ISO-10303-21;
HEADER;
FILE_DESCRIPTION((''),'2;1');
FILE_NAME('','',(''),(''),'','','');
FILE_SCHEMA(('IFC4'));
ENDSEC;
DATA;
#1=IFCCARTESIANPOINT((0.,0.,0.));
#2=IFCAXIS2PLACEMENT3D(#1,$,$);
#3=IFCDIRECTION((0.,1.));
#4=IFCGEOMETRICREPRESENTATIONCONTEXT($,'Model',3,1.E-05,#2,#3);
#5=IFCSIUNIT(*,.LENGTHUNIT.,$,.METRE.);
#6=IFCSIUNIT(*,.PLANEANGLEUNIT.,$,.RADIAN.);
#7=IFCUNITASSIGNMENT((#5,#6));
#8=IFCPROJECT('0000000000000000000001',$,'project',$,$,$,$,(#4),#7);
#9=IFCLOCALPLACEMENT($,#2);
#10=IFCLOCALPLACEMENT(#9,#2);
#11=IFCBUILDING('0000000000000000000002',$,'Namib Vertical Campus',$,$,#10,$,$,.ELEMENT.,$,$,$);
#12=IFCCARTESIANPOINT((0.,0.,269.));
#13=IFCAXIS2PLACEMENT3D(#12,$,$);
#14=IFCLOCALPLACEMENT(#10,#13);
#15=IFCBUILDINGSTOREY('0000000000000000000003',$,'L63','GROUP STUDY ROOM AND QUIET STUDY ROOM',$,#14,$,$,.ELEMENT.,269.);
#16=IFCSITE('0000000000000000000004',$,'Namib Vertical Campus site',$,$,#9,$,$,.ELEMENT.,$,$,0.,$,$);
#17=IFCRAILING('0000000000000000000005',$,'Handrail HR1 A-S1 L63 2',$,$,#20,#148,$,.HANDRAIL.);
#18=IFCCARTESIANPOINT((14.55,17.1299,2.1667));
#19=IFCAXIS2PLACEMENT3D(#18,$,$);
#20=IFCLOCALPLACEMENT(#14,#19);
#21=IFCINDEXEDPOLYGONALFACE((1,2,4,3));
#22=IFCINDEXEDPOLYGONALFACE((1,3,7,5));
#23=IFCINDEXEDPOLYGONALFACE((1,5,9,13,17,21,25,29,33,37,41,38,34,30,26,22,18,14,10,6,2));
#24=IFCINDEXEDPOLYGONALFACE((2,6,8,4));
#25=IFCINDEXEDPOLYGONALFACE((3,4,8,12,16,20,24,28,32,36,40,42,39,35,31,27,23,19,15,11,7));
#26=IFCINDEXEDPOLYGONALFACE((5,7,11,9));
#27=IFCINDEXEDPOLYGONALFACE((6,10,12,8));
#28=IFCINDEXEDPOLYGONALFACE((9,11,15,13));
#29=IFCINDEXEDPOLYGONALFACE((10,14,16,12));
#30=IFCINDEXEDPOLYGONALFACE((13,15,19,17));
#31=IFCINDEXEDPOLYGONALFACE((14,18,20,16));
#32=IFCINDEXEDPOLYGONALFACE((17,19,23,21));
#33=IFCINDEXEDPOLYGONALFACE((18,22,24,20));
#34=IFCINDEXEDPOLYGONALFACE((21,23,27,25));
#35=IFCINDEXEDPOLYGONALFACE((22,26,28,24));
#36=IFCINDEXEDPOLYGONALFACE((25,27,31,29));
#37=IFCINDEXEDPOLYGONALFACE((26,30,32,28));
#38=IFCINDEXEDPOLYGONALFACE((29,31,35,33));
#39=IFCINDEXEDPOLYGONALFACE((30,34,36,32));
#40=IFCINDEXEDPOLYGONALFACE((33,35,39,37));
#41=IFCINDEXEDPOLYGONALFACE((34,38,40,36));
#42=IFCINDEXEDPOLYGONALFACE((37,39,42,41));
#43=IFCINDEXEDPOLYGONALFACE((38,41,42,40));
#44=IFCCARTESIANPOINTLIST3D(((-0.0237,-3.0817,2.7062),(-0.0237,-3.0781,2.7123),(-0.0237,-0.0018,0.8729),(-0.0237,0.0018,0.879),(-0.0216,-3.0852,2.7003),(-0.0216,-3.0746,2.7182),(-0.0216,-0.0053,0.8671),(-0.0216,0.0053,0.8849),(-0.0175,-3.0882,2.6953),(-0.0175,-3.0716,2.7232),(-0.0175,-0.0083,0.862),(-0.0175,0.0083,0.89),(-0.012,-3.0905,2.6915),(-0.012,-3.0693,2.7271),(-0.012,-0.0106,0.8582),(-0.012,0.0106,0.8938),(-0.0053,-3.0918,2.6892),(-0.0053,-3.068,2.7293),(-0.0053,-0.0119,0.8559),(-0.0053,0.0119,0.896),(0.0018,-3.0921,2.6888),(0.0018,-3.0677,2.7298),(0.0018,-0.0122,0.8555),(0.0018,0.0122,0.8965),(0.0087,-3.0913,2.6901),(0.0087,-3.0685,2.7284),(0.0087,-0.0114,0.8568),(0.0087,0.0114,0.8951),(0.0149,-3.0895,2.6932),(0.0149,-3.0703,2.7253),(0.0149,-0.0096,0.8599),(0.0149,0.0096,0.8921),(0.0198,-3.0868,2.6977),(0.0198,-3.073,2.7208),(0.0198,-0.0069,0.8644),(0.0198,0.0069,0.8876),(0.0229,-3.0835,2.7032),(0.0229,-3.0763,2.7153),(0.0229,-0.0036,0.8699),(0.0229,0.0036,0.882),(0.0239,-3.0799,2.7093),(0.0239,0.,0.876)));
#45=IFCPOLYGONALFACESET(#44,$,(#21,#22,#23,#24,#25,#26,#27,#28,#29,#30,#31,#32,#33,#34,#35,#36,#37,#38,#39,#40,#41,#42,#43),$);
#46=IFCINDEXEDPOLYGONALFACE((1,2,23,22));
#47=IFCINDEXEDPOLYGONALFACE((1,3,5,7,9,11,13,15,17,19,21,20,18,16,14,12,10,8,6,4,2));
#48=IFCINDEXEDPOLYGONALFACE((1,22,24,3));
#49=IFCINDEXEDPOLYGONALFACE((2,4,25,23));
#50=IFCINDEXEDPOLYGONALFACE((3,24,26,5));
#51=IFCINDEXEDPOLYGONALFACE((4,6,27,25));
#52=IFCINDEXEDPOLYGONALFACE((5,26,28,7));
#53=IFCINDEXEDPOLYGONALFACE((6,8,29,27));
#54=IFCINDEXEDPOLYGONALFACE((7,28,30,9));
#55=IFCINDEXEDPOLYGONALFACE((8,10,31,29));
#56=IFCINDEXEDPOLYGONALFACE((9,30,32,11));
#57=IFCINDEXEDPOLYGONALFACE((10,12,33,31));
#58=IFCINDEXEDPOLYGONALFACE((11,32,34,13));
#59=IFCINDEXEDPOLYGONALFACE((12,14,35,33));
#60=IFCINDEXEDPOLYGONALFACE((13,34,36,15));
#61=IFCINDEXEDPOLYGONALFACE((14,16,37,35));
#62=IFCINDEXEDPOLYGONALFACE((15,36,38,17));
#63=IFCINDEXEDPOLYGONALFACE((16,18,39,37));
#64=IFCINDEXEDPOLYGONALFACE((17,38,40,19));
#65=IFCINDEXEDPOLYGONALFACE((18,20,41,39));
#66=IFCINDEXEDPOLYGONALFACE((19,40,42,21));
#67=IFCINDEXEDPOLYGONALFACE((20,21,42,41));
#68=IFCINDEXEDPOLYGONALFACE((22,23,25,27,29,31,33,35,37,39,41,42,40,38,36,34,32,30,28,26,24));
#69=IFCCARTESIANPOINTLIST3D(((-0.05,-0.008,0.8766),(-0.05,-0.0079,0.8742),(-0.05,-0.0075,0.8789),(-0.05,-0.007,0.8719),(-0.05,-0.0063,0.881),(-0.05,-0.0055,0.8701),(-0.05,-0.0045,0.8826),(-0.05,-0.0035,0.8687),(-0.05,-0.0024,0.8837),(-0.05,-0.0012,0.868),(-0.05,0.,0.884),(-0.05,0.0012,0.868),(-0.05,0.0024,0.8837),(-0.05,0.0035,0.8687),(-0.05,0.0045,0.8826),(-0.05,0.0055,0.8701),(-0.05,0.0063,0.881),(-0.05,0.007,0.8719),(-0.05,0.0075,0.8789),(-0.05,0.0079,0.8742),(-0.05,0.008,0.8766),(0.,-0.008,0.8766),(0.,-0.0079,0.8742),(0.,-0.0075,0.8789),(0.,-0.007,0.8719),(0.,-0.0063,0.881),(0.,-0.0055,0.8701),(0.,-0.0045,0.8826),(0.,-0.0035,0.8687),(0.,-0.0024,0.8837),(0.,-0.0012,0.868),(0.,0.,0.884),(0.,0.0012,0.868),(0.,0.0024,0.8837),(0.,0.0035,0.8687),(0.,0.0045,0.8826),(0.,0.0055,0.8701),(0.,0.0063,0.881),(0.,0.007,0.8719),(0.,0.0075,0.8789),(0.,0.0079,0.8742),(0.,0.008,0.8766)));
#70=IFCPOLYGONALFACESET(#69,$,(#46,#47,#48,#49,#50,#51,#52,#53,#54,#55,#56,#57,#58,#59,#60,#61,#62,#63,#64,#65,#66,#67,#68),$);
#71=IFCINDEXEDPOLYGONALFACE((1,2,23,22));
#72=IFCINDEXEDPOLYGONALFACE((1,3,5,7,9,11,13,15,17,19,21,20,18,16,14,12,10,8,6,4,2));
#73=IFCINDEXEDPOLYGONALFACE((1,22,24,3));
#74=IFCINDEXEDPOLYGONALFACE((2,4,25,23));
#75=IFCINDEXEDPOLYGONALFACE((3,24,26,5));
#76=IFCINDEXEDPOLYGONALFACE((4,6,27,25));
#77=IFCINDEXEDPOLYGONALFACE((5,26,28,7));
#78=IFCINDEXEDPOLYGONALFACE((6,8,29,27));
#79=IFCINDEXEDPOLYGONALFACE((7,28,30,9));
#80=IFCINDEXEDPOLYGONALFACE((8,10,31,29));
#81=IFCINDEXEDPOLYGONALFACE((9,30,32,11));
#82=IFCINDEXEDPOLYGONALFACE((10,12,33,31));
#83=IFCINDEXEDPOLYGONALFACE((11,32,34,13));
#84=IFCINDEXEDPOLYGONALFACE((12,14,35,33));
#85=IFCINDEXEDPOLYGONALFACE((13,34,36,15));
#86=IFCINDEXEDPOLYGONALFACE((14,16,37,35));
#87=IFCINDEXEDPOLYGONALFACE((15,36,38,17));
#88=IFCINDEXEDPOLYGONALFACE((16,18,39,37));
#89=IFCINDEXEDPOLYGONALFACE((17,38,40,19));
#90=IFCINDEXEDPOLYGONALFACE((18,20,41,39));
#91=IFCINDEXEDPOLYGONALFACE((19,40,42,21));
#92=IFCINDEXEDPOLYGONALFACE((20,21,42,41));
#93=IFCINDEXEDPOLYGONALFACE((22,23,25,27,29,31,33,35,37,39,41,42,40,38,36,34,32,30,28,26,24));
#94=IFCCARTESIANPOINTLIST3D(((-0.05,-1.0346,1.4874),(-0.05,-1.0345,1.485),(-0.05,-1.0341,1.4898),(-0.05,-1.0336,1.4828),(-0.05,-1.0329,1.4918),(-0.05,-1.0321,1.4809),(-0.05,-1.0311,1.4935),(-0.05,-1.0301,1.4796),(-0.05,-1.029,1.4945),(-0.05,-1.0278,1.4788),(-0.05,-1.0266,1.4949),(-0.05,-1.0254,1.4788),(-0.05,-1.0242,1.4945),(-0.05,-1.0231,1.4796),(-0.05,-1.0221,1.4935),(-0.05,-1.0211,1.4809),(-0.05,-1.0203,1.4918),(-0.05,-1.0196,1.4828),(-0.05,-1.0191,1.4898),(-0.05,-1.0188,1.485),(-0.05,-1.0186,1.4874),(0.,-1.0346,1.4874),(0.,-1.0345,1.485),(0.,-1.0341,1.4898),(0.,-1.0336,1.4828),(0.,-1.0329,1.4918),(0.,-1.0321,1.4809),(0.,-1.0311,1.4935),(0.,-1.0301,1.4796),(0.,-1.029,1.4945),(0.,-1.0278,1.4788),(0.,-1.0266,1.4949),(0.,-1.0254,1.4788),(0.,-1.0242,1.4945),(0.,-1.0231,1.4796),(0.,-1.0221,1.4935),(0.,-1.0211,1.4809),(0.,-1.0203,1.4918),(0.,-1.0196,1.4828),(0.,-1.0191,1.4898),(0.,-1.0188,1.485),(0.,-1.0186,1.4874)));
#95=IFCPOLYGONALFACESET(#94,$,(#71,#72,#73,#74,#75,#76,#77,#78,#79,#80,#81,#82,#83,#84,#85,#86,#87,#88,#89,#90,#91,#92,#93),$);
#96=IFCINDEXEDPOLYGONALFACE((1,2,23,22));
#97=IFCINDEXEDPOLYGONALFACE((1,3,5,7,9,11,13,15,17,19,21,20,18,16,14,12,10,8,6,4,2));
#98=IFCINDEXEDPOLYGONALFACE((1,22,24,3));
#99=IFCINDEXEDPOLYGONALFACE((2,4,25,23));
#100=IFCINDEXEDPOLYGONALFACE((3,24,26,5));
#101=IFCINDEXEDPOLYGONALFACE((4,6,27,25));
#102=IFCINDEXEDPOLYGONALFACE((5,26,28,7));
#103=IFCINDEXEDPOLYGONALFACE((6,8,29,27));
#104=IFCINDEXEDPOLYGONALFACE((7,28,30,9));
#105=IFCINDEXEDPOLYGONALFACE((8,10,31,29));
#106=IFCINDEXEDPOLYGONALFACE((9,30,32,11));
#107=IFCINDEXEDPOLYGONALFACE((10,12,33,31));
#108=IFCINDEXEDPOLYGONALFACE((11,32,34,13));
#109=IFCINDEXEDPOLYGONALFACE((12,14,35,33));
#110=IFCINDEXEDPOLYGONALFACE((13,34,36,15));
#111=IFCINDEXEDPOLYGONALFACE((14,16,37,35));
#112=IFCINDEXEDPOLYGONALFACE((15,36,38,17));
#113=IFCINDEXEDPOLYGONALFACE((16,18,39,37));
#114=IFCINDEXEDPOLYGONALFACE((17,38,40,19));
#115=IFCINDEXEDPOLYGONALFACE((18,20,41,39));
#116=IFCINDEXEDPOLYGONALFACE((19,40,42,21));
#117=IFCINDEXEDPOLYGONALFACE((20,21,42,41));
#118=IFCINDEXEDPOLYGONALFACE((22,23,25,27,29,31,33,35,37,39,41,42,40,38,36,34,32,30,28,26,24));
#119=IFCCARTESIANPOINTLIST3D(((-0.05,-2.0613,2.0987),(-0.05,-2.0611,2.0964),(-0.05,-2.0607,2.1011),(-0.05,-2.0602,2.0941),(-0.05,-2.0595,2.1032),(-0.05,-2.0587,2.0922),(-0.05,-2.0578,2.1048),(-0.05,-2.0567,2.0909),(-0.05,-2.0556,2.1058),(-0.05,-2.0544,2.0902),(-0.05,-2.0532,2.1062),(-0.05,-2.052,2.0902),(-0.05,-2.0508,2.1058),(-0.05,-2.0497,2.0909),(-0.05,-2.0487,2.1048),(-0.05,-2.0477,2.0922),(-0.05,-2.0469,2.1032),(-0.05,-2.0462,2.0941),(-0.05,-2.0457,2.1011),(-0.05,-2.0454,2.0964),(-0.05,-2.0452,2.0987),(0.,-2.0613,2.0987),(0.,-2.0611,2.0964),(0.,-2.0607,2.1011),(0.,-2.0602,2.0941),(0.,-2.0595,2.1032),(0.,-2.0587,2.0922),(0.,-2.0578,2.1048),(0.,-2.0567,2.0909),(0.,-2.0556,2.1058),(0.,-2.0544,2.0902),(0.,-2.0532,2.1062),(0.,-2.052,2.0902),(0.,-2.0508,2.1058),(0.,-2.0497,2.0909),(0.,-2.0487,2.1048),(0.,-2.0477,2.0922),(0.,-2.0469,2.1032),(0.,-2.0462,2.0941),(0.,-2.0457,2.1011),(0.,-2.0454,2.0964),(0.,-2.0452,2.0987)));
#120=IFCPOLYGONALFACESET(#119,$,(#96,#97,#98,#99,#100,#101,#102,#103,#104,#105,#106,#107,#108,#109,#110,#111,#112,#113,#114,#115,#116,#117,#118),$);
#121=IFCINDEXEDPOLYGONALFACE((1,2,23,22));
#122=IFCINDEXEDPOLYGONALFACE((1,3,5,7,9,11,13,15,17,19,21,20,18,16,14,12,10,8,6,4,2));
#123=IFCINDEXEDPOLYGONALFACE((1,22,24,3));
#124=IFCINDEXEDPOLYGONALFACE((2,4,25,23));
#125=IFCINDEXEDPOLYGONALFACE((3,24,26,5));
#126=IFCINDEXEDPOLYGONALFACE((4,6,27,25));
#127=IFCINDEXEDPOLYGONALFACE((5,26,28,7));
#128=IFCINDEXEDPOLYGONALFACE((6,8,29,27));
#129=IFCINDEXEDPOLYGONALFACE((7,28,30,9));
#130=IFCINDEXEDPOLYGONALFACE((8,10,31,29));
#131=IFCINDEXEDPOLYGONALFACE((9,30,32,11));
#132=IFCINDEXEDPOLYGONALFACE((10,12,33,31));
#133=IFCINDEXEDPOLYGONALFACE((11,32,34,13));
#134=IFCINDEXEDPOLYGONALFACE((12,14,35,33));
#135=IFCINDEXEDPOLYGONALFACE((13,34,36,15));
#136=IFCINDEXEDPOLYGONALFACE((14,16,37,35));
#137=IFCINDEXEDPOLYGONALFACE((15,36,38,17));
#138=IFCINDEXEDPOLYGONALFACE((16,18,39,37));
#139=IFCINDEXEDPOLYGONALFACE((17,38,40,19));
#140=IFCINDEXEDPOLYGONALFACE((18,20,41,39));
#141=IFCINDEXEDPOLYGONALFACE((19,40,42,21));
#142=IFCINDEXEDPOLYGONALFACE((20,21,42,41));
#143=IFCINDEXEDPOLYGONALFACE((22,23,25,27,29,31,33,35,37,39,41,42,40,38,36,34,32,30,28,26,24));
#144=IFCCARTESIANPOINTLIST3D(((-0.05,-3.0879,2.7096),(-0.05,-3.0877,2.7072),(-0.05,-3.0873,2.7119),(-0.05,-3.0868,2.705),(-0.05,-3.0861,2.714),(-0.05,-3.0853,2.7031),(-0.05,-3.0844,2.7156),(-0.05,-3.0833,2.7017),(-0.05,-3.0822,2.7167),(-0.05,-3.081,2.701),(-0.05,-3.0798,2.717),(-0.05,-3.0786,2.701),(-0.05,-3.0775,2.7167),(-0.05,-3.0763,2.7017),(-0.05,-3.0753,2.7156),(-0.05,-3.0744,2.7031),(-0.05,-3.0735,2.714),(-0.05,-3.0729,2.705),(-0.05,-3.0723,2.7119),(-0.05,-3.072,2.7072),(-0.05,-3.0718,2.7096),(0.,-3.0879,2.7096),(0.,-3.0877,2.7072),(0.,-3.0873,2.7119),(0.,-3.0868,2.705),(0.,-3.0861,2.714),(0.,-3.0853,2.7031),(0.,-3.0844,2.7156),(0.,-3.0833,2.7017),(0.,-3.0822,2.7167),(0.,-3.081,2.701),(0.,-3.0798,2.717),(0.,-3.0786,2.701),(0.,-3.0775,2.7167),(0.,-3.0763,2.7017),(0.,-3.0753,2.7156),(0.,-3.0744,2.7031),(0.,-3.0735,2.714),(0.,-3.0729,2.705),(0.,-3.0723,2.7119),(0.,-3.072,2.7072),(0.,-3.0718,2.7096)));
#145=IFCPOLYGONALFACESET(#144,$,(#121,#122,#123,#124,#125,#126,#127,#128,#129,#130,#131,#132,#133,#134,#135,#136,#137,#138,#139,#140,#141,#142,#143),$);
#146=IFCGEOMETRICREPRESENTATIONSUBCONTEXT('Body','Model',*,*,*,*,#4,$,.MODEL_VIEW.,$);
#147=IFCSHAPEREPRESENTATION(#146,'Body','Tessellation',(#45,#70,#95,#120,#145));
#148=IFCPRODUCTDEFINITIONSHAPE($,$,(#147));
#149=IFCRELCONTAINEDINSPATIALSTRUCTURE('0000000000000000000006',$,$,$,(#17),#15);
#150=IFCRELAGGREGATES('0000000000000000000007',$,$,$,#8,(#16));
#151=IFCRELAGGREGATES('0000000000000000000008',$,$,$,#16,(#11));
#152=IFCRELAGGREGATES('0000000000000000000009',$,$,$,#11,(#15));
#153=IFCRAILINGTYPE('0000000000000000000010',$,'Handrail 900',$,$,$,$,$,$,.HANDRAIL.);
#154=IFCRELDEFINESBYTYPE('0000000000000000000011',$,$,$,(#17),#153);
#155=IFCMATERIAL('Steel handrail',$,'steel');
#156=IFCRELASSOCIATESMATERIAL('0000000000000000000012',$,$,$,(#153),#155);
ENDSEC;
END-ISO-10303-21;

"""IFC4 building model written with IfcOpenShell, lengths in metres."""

from ifc_helpers import new_model, si_unit, direction, frame, origin, origin_2d, place, context, subcontext, project, spatial, circle, extrude, material, type_object, element, save


model = new_model("IFC4")

# Units and contexts
model_context = context("Model", 3, precision=1e-05, world=origin(), true_north=direction((0.0, 1.0)))
body_context = subcontext(model_context, "Body", "Model", "MODEL_VIEW")
ifc_project = project(units=[si_unit("LENGTHUNIT", "METRE"), si_unit("PLANEANGLEUNIT", "RADIAN")], contexts=[model_context])

# Site, building, storey
site_placement = place(None, origin())
site = spatial("IfcSite", under=ifc_project, at=site_placement, Name="Namib Vertical Campus site", CompositionType="ELEMENT", RefElevation=0.0)
building_placement = place(site_placement, origin())
building = spatial("IfcBuilding", under=site, at=building_placement, Name="Namib Vertical Campus", CompositionType="ELEMENT")
storey_placement = place(building_placement, frame((0.0, 0.0, 269.0)))
storey = spatial("IfcBuildingStorey", under=building, at=storey_placement, Name="L63", Description="GROUP STUDY ROOM AND QUIET STUDY ROOM", CompositionType="ELEMENT", Elevation=269.0)

# Railing
ifc_material_1 = material(Name="Steel handrail", Category="steel")
railing_type_1 = type_object("IfcRailingType", Name="Handrail 900", PredefinedType="HANDRAIL", material=ifc_material_1)
railing_1_placement = place(storey_placement, frame((14.55, 17.1299, 2.1667)))
element("IfcRailing", 1, at=railing_1_placement, inside=storey, type_object=railing_type_1, Name="Handrail HR1 A-S1 L63 2", PredefinedType="HANDRAIL", context=body_context, shape_type="SweptSolid", body=[
    extrude(circle(Radius=0.0239, at=origin_2d()), frame((0.0, 0.0, 0.876), z_axis=(0.0, -0.859291, 0.511487), x_axis=(1.0, 0.0, 0.0)), (0.0, 0.0, 1.0), 3.5842),
    extrude(circle(Radius=0.0081, at=origin_2d()), frame((0.0, 0.0, 0.876), z_axis=(-1.0, 0.0, 0.0), x_axis=(0.0, 0.0, 1.0)), (0.0, 0.0, 1.0), 0.05),
    extrude(circle(Radius=0.0081, at=origin_2d()), frame((0.0, -1.0266, 1.4868), z_axis=(-1.0, 0.0, 0.0), x_axis=(0.0, 0.0, 1.0)), (0.0, 0.0, 1.0), 0.05),
    extrude(circle(Radius=0.0081, at=origin_2d()), frame((0.0, -2.0532, 2.0981), z_axis=(-1.0, 0.0, 0.0), x_axis=(0.0, 0.0, 1.0)), (0.0, 0.0, 1.0), 0.05),
    extrude(circle(Radius=0.0081, at=origin_2d()), frame((0.0, -3.0798, 2.709), z_axis=(-1.0, 0.0, 0.0), x_axis=(0.0, 0.0, 1.0)), (0.0, 0.0, 1.0), 0.05),
])

save(model, "model.ifc")
